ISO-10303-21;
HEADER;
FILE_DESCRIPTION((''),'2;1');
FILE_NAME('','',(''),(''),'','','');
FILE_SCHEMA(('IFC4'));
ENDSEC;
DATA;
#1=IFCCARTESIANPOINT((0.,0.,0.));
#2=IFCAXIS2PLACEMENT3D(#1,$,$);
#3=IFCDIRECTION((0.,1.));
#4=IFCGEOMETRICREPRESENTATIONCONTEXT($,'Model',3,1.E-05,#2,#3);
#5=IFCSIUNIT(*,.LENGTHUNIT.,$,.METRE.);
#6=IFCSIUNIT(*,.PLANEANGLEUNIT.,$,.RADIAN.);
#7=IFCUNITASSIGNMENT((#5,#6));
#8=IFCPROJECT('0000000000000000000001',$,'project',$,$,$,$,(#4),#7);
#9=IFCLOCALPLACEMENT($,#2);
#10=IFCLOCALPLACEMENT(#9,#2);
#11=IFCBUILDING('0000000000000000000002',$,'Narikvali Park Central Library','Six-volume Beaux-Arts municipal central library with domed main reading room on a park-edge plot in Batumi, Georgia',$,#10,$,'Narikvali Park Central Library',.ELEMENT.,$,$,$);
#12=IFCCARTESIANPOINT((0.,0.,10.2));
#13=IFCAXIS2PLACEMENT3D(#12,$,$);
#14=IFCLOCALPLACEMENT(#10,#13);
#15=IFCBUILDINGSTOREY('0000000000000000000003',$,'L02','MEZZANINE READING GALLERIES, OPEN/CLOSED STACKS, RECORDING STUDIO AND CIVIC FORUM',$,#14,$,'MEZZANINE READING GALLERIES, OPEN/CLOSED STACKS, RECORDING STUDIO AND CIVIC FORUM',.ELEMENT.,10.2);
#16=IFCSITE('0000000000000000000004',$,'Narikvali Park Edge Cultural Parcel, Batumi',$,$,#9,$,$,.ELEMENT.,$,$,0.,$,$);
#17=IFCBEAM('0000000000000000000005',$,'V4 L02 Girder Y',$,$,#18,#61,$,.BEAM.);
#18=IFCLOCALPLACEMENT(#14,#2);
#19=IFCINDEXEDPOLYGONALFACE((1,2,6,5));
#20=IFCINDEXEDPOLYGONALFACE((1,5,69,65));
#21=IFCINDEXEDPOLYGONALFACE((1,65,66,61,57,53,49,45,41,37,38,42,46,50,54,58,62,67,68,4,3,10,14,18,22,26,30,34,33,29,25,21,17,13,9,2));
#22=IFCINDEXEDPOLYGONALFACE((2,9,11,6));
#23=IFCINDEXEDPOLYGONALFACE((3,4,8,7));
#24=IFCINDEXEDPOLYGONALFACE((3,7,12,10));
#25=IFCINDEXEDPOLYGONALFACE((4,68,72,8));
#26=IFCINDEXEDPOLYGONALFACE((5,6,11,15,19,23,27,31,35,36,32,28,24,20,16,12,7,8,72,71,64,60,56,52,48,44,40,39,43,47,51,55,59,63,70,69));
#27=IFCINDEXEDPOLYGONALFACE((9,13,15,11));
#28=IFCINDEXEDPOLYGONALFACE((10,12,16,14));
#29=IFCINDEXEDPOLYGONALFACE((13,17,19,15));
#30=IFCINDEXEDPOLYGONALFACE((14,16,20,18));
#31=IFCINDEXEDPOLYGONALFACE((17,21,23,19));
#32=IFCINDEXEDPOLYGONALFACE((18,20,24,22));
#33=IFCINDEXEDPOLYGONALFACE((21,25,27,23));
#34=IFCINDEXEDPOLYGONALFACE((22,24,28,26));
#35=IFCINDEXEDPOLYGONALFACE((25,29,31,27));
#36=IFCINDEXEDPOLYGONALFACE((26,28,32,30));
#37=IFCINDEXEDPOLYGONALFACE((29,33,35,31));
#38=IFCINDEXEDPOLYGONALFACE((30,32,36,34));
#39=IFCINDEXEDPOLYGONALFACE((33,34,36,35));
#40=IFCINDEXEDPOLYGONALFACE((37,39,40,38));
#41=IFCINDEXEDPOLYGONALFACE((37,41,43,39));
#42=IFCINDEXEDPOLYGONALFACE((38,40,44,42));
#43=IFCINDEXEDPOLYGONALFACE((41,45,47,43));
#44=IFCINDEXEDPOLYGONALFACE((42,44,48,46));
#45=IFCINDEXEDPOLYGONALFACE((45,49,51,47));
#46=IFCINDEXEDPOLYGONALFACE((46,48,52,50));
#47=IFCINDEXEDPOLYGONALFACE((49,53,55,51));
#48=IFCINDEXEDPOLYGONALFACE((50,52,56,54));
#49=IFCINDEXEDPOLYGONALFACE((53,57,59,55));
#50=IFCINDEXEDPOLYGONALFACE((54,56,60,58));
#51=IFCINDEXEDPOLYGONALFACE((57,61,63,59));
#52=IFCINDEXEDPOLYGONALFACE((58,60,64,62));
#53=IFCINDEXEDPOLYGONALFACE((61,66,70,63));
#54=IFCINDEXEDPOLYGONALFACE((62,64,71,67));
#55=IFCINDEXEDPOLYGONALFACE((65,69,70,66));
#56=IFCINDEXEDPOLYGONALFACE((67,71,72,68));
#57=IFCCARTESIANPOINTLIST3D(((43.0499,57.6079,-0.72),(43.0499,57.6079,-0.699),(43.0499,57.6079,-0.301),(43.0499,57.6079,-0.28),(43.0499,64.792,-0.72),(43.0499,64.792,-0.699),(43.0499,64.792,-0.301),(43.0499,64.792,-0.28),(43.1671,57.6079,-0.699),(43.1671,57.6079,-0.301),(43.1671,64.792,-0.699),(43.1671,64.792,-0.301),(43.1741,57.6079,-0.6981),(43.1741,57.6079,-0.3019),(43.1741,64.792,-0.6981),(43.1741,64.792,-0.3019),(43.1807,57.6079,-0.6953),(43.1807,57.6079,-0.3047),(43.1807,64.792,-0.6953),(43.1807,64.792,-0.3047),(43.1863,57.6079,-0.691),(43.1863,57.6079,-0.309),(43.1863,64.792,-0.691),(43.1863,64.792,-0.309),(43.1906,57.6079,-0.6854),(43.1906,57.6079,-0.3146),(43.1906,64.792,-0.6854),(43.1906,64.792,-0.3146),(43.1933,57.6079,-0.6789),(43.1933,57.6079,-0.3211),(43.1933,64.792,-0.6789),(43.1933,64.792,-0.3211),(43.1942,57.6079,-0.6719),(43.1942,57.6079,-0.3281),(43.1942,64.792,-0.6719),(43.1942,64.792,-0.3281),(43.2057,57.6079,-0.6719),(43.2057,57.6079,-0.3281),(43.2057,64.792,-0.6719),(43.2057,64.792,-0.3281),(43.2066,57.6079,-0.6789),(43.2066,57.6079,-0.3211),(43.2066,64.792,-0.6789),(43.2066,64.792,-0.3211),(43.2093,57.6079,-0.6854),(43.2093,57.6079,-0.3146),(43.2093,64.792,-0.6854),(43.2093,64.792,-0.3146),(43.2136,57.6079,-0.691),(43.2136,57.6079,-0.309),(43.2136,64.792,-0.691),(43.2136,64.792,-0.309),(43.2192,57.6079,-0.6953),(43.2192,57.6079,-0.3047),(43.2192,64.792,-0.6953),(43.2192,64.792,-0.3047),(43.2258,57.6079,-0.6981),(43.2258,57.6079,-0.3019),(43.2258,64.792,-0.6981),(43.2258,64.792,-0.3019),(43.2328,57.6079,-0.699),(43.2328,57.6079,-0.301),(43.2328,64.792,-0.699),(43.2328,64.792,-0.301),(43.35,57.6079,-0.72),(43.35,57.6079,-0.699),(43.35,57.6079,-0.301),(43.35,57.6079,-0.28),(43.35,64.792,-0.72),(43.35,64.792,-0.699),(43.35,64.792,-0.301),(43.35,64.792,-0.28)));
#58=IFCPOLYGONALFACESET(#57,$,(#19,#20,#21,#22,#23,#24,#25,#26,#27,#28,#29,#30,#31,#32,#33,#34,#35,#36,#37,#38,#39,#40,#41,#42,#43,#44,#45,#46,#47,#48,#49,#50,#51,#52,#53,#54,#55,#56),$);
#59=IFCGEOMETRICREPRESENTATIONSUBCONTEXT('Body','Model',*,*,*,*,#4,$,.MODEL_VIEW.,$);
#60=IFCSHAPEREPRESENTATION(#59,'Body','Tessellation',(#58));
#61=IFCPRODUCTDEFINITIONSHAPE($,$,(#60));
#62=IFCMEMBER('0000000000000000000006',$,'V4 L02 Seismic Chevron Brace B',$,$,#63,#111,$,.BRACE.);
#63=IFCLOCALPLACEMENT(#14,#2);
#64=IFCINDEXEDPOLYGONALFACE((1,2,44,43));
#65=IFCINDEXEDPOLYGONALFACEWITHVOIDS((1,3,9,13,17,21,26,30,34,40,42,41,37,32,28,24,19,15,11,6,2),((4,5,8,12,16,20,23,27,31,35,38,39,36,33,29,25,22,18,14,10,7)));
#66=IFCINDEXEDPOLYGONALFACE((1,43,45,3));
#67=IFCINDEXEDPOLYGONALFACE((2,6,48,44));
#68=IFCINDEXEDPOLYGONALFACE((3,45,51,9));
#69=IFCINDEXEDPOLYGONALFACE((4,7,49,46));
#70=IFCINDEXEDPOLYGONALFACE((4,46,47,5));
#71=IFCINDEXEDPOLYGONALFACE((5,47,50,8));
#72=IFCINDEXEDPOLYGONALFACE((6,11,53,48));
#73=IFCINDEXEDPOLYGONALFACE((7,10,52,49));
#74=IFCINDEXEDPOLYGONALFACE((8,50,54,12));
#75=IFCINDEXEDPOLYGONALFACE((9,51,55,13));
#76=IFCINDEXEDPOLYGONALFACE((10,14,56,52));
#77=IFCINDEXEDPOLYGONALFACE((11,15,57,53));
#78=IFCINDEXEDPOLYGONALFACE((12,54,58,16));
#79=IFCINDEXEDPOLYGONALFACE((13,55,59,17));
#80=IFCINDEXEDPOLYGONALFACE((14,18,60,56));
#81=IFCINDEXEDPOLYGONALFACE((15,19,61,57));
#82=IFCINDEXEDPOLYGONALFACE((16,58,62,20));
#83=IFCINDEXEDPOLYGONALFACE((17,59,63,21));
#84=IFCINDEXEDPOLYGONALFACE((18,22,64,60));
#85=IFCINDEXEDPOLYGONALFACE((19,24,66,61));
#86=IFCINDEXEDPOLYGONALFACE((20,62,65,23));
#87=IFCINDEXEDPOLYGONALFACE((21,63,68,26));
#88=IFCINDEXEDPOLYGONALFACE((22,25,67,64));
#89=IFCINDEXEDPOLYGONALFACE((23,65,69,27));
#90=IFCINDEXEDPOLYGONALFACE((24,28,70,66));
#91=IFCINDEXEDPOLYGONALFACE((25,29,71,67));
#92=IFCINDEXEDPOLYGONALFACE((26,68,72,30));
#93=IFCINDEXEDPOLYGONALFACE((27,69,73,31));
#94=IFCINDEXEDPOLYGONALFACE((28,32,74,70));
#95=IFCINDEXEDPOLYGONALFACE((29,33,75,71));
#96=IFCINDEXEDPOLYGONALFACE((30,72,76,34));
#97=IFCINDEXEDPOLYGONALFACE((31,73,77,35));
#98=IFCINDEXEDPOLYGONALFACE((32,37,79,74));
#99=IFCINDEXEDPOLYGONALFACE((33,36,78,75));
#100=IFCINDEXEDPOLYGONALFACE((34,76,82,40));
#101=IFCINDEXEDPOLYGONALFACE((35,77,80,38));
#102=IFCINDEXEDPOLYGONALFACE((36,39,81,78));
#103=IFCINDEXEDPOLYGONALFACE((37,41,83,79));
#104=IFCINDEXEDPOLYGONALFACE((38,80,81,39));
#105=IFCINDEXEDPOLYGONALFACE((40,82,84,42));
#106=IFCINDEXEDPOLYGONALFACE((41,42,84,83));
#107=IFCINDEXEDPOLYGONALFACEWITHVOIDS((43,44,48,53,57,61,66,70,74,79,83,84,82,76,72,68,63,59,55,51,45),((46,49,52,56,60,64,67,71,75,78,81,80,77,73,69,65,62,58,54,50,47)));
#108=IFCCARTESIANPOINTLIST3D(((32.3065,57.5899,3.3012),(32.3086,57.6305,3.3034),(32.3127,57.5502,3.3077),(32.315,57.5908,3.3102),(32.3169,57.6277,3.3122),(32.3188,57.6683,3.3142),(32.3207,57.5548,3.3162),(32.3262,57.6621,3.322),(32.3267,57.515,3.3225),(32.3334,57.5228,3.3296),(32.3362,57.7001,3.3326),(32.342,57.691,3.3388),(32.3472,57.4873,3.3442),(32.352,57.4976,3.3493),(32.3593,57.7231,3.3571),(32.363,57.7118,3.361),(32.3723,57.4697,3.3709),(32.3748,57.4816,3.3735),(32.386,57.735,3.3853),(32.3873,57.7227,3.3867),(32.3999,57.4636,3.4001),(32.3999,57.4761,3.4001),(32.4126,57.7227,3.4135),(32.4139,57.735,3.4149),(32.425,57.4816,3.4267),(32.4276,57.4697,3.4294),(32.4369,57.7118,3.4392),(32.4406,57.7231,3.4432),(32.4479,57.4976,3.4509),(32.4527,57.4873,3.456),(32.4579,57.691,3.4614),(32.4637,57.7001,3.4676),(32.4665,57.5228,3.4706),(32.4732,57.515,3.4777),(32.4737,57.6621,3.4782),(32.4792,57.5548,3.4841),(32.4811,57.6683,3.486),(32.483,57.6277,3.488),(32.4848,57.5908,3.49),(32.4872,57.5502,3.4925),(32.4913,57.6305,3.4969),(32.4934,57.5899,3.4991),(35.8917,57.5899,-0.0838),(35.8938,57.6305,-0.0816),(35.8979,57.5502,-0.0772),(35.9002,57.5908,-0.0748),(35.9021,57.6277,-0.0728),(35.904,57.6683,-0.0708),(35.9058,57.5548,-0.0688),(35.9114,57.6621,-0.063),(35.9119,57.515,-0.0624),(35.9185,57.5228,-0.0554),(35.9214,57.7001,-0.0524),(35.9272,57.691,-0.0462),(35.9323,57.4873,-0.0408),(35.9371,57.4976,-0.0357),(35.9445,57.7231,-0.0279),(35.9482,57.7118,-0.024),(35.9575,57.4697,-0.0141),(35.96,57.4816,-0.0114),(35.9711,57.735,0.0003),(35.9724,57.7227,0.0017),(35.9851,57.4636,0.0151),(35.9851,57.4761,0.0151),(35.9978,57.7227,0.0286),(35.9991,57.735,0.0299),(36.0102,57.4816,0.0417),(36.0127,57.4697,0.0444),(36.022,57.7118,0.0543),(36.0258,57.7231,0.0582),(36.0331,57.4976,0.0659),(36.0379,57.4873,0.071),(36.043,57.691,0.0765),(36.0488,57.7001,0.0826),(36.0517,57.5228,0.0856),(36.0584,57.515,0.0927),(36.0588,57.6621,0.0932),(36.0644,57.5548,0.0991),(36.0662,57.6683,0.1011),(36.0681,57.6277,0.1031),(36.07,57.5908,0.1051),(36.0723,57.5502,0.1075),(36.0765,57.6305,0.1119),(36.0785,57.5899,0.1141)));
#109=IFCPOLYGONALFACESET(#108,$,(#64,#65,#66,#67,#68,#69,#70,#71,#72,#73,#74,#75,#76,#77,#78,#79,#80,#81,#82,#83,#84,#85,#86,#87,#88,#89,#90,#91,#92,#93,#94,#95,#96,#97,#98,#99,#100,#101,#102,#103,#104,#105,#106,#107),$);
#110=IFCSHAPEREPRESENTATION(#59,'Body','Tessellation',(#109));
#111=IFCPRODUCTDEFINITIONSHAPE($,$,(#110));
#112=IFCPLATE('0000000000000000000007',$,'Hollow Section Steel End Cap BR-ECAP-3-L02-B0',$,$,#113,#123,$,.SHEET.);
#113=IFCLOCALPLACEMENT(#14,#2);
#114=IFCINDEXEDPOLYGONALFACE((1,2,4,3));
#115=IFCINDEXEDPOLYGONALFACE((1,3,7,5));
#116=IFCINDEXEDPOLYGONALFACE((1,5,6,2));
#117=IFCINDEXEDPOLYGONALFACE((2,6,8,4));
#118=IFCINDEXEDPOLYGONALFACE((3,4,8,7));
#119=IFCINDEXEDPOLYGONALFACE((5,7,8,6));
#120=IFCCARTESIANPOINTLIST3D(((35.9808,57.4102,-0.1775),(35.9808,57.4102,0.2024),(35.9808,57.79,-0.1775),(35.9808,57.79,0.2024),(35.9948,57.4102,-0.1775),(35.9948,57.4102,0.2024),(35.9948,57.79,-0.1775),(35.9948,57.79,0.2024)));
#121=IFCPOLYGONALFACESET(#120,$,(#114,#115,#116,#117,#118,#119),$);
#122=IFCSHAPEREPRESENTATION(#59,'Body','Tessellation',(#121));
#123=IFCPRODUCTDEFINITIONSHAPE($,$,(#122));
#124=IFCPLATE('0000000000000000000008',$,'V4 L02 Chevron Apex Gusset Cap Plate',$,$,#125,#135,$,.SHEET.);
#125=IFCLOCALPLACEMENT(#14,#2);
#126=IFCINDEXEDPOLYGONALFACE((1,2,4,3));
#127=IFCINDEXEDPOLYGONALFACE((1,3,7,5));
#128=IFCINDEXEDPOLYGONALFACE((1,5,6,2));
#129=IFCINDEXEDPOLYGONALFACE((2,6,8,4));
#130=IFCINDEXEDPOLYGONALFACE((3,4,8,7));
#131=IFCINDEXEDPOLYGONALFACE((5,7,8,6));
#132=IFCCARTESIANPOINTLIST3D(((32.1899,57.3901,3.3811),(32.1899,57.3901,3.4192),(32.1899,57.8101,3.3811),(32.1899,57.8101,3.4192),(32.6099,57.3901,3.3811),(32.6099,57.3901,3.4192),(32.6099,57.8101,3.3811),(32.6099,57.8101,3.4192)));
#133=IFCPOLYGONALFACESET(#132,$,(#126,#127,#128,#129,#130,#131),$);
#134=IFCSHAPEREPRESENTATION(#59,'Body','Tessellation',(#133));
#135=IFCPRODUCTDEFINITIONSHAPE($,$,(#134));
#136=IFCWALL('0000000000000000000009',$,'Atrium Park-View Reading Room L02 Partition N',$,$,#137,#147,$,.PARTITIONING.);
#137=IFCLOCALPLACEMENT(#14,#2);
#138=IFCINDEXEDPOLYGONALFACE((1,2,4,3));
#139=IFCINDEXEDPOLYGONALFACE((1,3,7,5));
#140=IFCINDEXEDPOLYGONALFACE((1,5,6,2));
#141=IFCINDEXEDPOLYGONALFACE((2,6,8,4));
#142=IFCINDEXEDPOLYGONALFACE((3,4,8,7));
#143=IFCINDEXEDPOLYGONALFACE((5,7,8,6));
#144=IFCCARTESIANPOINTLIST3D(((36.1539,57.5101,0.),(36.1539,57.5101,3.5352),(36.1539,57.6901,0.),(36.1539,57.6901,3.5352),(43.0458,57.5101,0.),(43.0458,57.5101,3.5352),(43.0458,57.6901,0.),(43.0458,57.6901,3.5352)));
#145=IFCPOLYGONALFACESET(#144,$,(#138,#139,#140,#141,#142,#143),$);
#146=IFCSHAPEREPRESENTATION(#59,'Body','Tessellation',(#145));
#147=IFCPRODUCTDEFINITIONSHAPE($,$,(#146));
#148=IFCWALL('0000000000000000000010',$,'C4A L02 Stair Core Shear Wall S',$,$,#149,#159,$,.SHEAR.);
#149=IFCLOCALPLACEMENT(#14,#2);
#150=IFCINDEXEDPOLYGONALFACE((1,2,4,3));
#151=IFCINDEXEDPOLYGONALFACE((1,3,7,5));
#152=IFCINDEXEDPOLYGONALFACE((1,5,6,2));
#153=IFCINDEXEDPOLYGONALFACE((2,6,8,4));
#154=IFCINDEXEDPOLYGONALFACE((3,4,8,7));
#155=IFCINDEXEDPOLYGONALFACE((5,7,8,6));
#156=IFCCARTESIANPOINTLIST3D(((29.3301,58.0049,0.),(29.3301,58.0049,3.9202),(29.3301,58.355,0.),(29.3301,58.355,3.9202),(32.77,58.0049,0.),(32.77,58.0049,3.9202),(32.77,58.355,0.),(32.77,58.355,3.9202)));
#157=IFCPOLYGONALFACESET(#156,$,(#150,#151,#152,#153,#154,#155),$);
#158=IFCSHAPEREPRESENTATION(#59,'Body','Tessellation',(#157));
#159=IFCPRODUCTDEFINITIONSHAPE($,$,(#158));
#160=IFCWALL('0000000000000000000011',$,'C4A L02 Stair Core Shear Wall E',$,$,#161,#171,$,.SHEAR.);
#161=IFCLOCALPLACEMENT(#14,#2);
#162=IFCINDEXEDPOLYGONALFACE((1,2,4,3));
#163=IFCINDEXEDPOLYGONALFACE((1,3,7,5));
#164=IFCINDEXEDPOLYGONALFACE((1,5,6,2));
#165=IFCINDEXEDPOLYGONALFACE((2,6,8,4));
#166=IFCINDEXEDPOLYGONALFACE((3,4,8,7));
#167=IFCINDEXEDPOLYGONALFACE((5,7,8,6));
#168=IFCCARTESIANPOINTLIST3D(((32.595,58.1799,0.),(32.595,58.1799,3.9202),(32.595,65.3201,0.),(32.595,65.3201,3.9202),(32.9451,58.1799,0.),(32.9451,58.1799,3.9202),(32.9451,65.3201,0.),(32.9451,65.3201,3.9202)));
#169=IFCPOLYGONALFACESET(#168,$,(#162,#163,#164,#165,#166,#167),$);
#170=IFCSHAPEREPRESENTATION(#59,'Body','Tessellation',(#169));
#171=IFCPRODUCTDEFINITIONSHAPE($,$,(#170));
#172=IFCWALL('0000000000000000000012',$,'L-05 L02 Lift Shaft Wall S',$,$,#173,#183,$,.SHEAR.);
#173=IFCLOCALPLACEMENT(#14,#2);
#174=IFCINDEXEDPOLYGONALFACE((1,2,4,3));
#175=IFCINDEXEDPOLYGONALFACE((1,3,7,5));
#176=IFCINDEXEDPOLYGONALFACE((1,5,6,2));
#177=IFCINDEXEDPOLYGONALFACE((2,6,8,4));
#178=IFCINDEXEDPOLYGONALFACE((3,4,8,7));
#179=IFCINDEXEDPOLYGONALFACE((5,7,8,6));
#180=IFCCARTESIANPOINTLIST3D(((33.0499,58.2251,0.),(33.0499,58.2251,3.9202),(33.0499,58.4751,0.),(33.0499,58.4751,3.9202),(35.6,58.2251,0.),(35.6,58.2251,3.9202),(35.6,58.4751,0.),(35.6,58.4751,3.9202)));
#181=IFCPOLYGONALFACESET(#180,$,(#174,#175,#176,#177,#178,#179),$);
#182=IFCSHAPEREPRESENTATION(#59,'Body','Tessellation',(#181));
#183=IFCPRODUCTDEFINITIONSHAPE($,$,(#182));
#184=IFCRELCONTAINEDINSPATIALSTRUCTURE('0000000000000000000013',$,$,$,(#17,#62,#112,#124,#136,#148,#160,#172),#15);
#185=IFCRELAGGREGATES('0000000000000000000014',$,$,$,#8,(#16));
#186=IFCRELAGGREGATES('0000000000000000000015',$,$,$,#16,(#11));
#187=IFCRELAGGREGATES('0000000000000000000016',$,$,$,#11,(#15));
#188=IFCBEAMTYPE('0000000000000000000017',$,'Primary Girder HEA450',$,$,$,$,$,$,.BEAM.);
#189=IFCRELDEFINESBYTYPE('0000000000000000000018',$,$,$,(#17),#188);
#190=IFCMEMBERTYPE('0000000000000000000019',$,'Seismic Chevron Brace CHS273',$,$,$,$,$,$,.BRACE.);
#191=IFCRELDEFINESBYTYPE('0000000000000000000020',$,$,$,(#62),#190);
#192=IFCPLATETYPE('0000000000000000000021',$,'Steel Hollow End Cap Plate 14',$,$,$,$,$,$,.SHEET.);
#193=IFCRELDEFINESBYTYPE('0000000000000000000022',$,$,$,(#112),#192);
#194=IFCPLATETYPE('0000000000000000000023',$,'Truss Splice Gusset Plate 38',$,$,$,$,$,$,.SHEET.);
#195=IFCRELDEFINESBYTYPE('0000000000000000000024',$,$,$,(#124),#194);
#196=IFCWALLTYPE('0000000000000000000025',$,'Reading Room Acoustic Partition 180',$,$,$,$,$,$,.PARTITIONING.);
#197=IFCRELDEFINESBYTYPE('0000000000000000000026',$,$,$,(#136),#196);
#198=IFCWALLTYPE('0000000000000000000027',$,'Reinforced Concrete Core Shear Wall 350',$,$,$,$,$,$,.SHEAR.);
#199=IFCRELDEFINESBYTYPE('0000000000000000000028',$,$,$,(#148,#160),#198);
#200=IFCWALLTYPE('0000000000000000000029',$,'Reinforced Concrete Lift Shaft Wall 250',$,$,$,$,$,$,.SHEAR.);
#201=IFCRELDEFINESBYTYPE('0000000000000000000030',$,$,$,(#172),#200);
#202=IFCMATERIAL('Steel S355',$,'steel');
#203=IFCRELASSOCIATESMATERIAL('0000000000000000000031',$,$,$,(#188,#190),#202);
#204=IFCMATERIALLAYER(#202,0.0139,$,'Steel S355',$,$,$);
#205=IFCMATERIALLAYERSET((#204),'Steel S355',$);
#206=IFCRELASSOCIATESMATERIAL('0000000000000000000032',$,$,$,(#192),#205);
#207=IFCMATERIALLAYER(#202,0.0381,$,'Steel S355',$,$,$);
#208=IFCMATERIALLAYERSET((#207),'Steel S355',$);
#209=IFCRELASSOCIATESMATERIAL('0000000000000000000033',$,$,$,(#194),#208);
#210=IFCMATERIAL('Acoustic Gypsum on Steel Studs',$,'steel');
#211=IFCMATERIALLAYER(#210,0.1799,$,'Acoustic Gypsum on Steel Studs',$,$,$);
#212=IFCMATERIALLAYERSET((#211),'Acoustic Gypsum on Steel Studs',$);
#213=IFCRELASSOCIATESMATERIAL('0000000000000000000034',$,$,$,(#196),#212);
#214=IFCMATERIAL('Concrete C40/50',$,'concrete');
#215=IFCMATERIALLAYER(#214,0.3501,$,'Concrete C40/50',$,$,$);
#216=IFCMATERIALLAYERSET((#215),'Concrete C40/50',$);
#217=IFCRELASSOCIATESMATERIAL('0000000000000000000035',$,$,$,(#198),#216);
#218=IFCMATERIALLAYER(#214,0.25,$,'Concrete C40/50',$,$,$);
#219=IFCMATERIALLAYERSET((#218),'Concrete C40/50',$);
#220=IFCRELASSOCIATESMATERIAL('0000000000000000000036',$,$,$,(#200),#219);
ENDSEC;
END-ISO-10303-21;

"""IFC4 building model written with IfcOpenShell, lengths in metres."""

from ifc_helpers import new_model, si_unit, direction, frame, frame_2d, origin, origin_2d, place, context, subcontext, project, spatial, rectangle, hollow_circle, i_section, extrude, material, layer, layer_set, material_profile, profile_set, type_object, element, save


model = new_model("IFC4")

# Units and contexts
model_context = context("Model", 3, precision=1e-05, world=origin(), true_north=direction((0.0, 1.0)))
body_context = subcontext(model_context, "Body", "Model", "MODEL_VIEW")
ifc_project = project(units=[si_unit("LENGTHUNIT", "METRE"), si_unit("PLANEANGLEUNIT", "RADIAN")], contexts=[model_context])

# Site, building, storey
site_placement = place(None, origin())
site = spatial("IfcSite", under=ifc_project, at=site_placement, Name="Narikvali Park Edge Cultural Parcel, Batumi", CompositionType="ELEMENT", RefElevation=0.0)
building_placement = place(site_placement, origin())
building = spatial("IfcBuilding", under=site, at=building_placement, Name="Narikvali Park Central Library", Description="Six-volume Beaux-Arts municipal central library with domed main reading room on a park-edge plot in Batumi, Georgia", LongName="Narikvali Park Central Library", CompositionType="ELEMENT")
storey_placement = place(building_placement, frame((0.0, 0.0, 10.2)))
storey = spatial("IfcBuildingStorey", under=building, at=storey_placement, Name="L02", Description="MEZZANINE READING GALLERIES, OPEN/CLOSED STACKS, RECORDING STUDIO AND CIVIC FORUM", LongName="MEZZANINE READING GALLERIES, OPEN/CLOSED STACKS, RECORDING STUDIO AND CIVIC FORUM", CompositionType="ELEMENT", Elevation=10.2)

# Shared definitions
ifc_material_1 = material(Name="Steel S355", Category="steel")

# Beam
ifc_material_profile_1 = material_profile(ifc_material_1, i_section(OverallWidth=0.3, OverallDepth=0.4399, WebThickness=0.0115, FlangeThickness=0.021, FilletRadius=0.0271, at=origin_2d()), Name="HEA 450")
ifc_profile_set_1 = profile_set([ifc_material_profile_1], Name="Steel S355")
beam_type_1 = type_object("IfcBeamType", Name="Primary Girder HEA450", PredefinedType="BEAM", material=ifc_profile_set_1)
for number, where, z_axis, x_axis, name in (
    (1, (43.2, 57.6079, -0.5), (0.0, 1.0, 0.0), (-1.0, 0.0, 0.0), "V4 L02 Girder Y"),
):
    element("IfcBeam", number, at=place(storey_placement, frame(where, z_axis=z_axis, x_axis=x_axis)), inside=storey, type_object=beam_type_1, Name=name, PredefinedType="BEAM", context=body_context, shape_type="SweptSolid", body=[
        extrude(i_section(OverallWidth=0.3, OverallDepth=0.4399, WebThickness=0.0115, FlangeThickness=0.021, FilletRadius=0.0271, at=origin_2d()), origin(), (0.0, 0.0, 1.0), 7.1841),
    ])

# Member
ifc_material_profile_2 = material_profile(ifc_material_1, hollow_circle(Radius=0.1365, WallThickness=0.0125, at=origin_2d()), Name="CHS 273x12.5")
ifc_profile_set_2 = profile_set([ifc_material_profile_2], Name="Steel S355")
member_type = type_object("IfcMemberType", Name="Seismic Chevron Brace CHS273", PredefinedType="BRACE", material=ifc_profile_set_2)
member_placement = place(storey_placement, frame((35.9851, 57.6001, 0.0151), z_axis=(-0.727116, 0.0, 0.686514), x_axis=(0.0, -1.0, 0.0)))
element("IfcMember", 2, at=member_placement, inside=storey, type_object=member_type, Name="V4 L02 Seismic Chevron Brace B", PredefinedType="BRACE", context=body_context, shape_type="SweptSolid", body=[
    extrude(hollow_circle(Radius=0.1365, WallThickness=0.0125, at=origin_2d()), origin(), (0.0, 0.0, 1.0), 4.9307),
])

# Plates
ifc_layer_1 = layer(ifc_material_1, 0.0139, Name="Steel S355")
ifc_layer_set_1 = layer_set([ifc_layer_1], Name="Steel S355")
plate_type_1 = type_object("IfcPlateType", Name="Steel Hollow End Cap Plate 14", PredefinedType="SHEET", material=ifc_layer_set_1)
plate_1_placement = place(storey_placement, frame((35.9878, 57.6001, -0.1775), z_axis=(0.0, 0.0, 1.0), x_axis=(1.0, 0.0, 0.0)))
element("IfcPlate", 3, at=plate_1_placement, inside=storey, type_object=plate_type_1, Name="Hollow Section Steel End Cap BR-ECAP-3-L02-B0", PredefinedType="SHEET", context=body_context, shape_type="SweptSolid", body=[
    extrude(rectangle(XDim=0.0139, YDim=0.3799, at=origin_2d()), origin(), (0.0, 0.0, 1.0), 0.3799),
])
ifc_layer_2 = layer(ifc_material_1, 0.0381, Name="Steel S355")
ifc_layer_set_2 = layer_set([ifc_layer_2], Name="Steel S355")
plate_type_2 = type_object("IfcPlateType", Name="Truss Splice Gusset Plate 38", PredefinedType="SHEET", material=ifc_layer_set_2)
plate_2_placement = place(storey_placement, frame((32.3999, 57.6001, 3.3811), z_axis=(0.0, 0.0, 1.0), x_axis=(1.0, 0.0, 0.0)))
element("IfcPlate", 4, at=plate_2_placement, inside=storey, type_object=plate_type_2, Name="V4 L02 Chevron Apex Gusset Cap Plate", PredefinedType="SHEET", context=body_context, shape_type="SweptSolid", body=[
    extrude(rectangle(XDim=0.4199, YDim=0.4199, at=origin_2d()), origin(), (0.0, 0.0, 1.0), 0.0381),
])

# Walls
ifc_material_2 = material(Name="Acoustic Gypsum on Steel Studs", Category="steel")
ifc_layer_3 = layer(ifc_material_2, 0.1799, Name="Acoustic Gypsum on Steel Studs")
ifc_layer_set_3 = layer_set([ifc_layer_3], Name="Acoustic Gypsum on Steel Studs")
wall_type_1 = type_object("IfcWallType", Name="Reading Room Acoustic Partition 180", PredefinedType="PARTITIONING", material=ifc_layer_set_3)
wall_1_placement = place(storey_placement, frame((36.1541, 57.6001, 0.0), z_axis=(0.0, 0.0, 1.0), x_axis=(1.0, 0.0, 0.0)))
element("IfcWall", 5, at=wall_1_placement, inside=storey, type_object=wall_type_1, Name="Atrium Park-View Reading Room L02 Partition N", PredefinedType="PARTITIONING", context=body_context, shape_type="SweptSolid", body=[
    extrude(rectangle(XDim=6.8918, YDim=0.1799, at=frame_2d((3.4458, 0.0))), origin(), (0.0, 0.0, 1.0), 3.5352),
])
ifc_material_3 = material(Name="Concrete C40/50", Category="concrete")
ifc_layer_4 = layer(ifc_material_3, 0.3501, Name="Concrete C40/50")
ifc_layer_set_4 = layer_set([ifc_layer_4], Name="Concrete C40/50")
wall_type_2 = type_object("IfcWallType", Name="Reinforced Concrete Core Shear Wall 350", PredefinedType="SHEAR", material=ifc_layer_set_4)
wall_2_placement = place(storey_placement, frame((29.3301, 58.1799, 0.0), z_axis=(0.0, 0.0, 1.0), x_axis=(1.0, 0.0, 0.0)))
element("IfcWall", 6, at=wall_2_placement, inside=storey, type_object=wall_type_2, Name="C4A L02 Stair Core Shear Wall S", PredefinedType="SHEAR", context=body_context, shape_type="SweptSolid", body=[
    extrude(rectangle(XDim=3.4399, YDim=0.3501, at=frame_2d((1.72, 0.0))), origin(), (0.0, 0.0, 1.0), 3.9202),
])
wall_3_placement = place(storey_placement, frame((32.77, 58.1799, 0.0), z_axis=(0.0, 0.0, 1.0), x_axis=(0.0, 1.0, 0.0)))
element("IfcWall", 7, at=wall_3_placement, inside=storey, type_object=wall_type_2, Name="C4A L02 Stair Core Shear Wall E", PredefinedType="SHEAR", context=body_context, shape_type="SweptSolid", body=[
    extrude(rectangle(XDim=7.1401, YDim=0.3501, at=frame_2d((3.5701, 0.0))), origin(), (0.0, 0.0, 1.0), 3.9202),
])
ifc_layer_5 = layer(ifc_material_3, 0.25, Name="Concrete C40/50")
ifc_layer_set_5 = layer_set([ifc_layer_5], Name="Concrete C40/50")
wall_type_3 = type_object("IfcWallType", Name="Reinforced Concrete Lift Shaft Wall 250", PredefinedType="SHEAR", material=ifc_layer_set_5)
wall_4_placement = place(storey_placement, frame((33.05, 58.3501, 0.0), z_axis=(0.0, 0.0, 1.0), x_axis=(1.0, 0.0, 0.0)))
element("IfcWall", 8, at=wall_4_placement, inside=storey, type_object=wall_type_3, Name="L-05 L02 Lift Shaft Wall S", PredefinedType="SHEAR", context=body_context, shape_type="SweptSolid", body=[
    extrude(rectangle(XDim=2.55, YDim=0.25, at=frame_2d((1.2749, 0.0))), origin(), (0.0, 0.0, 1.0), 3.9202),
])

save(model, "model.ifc")
